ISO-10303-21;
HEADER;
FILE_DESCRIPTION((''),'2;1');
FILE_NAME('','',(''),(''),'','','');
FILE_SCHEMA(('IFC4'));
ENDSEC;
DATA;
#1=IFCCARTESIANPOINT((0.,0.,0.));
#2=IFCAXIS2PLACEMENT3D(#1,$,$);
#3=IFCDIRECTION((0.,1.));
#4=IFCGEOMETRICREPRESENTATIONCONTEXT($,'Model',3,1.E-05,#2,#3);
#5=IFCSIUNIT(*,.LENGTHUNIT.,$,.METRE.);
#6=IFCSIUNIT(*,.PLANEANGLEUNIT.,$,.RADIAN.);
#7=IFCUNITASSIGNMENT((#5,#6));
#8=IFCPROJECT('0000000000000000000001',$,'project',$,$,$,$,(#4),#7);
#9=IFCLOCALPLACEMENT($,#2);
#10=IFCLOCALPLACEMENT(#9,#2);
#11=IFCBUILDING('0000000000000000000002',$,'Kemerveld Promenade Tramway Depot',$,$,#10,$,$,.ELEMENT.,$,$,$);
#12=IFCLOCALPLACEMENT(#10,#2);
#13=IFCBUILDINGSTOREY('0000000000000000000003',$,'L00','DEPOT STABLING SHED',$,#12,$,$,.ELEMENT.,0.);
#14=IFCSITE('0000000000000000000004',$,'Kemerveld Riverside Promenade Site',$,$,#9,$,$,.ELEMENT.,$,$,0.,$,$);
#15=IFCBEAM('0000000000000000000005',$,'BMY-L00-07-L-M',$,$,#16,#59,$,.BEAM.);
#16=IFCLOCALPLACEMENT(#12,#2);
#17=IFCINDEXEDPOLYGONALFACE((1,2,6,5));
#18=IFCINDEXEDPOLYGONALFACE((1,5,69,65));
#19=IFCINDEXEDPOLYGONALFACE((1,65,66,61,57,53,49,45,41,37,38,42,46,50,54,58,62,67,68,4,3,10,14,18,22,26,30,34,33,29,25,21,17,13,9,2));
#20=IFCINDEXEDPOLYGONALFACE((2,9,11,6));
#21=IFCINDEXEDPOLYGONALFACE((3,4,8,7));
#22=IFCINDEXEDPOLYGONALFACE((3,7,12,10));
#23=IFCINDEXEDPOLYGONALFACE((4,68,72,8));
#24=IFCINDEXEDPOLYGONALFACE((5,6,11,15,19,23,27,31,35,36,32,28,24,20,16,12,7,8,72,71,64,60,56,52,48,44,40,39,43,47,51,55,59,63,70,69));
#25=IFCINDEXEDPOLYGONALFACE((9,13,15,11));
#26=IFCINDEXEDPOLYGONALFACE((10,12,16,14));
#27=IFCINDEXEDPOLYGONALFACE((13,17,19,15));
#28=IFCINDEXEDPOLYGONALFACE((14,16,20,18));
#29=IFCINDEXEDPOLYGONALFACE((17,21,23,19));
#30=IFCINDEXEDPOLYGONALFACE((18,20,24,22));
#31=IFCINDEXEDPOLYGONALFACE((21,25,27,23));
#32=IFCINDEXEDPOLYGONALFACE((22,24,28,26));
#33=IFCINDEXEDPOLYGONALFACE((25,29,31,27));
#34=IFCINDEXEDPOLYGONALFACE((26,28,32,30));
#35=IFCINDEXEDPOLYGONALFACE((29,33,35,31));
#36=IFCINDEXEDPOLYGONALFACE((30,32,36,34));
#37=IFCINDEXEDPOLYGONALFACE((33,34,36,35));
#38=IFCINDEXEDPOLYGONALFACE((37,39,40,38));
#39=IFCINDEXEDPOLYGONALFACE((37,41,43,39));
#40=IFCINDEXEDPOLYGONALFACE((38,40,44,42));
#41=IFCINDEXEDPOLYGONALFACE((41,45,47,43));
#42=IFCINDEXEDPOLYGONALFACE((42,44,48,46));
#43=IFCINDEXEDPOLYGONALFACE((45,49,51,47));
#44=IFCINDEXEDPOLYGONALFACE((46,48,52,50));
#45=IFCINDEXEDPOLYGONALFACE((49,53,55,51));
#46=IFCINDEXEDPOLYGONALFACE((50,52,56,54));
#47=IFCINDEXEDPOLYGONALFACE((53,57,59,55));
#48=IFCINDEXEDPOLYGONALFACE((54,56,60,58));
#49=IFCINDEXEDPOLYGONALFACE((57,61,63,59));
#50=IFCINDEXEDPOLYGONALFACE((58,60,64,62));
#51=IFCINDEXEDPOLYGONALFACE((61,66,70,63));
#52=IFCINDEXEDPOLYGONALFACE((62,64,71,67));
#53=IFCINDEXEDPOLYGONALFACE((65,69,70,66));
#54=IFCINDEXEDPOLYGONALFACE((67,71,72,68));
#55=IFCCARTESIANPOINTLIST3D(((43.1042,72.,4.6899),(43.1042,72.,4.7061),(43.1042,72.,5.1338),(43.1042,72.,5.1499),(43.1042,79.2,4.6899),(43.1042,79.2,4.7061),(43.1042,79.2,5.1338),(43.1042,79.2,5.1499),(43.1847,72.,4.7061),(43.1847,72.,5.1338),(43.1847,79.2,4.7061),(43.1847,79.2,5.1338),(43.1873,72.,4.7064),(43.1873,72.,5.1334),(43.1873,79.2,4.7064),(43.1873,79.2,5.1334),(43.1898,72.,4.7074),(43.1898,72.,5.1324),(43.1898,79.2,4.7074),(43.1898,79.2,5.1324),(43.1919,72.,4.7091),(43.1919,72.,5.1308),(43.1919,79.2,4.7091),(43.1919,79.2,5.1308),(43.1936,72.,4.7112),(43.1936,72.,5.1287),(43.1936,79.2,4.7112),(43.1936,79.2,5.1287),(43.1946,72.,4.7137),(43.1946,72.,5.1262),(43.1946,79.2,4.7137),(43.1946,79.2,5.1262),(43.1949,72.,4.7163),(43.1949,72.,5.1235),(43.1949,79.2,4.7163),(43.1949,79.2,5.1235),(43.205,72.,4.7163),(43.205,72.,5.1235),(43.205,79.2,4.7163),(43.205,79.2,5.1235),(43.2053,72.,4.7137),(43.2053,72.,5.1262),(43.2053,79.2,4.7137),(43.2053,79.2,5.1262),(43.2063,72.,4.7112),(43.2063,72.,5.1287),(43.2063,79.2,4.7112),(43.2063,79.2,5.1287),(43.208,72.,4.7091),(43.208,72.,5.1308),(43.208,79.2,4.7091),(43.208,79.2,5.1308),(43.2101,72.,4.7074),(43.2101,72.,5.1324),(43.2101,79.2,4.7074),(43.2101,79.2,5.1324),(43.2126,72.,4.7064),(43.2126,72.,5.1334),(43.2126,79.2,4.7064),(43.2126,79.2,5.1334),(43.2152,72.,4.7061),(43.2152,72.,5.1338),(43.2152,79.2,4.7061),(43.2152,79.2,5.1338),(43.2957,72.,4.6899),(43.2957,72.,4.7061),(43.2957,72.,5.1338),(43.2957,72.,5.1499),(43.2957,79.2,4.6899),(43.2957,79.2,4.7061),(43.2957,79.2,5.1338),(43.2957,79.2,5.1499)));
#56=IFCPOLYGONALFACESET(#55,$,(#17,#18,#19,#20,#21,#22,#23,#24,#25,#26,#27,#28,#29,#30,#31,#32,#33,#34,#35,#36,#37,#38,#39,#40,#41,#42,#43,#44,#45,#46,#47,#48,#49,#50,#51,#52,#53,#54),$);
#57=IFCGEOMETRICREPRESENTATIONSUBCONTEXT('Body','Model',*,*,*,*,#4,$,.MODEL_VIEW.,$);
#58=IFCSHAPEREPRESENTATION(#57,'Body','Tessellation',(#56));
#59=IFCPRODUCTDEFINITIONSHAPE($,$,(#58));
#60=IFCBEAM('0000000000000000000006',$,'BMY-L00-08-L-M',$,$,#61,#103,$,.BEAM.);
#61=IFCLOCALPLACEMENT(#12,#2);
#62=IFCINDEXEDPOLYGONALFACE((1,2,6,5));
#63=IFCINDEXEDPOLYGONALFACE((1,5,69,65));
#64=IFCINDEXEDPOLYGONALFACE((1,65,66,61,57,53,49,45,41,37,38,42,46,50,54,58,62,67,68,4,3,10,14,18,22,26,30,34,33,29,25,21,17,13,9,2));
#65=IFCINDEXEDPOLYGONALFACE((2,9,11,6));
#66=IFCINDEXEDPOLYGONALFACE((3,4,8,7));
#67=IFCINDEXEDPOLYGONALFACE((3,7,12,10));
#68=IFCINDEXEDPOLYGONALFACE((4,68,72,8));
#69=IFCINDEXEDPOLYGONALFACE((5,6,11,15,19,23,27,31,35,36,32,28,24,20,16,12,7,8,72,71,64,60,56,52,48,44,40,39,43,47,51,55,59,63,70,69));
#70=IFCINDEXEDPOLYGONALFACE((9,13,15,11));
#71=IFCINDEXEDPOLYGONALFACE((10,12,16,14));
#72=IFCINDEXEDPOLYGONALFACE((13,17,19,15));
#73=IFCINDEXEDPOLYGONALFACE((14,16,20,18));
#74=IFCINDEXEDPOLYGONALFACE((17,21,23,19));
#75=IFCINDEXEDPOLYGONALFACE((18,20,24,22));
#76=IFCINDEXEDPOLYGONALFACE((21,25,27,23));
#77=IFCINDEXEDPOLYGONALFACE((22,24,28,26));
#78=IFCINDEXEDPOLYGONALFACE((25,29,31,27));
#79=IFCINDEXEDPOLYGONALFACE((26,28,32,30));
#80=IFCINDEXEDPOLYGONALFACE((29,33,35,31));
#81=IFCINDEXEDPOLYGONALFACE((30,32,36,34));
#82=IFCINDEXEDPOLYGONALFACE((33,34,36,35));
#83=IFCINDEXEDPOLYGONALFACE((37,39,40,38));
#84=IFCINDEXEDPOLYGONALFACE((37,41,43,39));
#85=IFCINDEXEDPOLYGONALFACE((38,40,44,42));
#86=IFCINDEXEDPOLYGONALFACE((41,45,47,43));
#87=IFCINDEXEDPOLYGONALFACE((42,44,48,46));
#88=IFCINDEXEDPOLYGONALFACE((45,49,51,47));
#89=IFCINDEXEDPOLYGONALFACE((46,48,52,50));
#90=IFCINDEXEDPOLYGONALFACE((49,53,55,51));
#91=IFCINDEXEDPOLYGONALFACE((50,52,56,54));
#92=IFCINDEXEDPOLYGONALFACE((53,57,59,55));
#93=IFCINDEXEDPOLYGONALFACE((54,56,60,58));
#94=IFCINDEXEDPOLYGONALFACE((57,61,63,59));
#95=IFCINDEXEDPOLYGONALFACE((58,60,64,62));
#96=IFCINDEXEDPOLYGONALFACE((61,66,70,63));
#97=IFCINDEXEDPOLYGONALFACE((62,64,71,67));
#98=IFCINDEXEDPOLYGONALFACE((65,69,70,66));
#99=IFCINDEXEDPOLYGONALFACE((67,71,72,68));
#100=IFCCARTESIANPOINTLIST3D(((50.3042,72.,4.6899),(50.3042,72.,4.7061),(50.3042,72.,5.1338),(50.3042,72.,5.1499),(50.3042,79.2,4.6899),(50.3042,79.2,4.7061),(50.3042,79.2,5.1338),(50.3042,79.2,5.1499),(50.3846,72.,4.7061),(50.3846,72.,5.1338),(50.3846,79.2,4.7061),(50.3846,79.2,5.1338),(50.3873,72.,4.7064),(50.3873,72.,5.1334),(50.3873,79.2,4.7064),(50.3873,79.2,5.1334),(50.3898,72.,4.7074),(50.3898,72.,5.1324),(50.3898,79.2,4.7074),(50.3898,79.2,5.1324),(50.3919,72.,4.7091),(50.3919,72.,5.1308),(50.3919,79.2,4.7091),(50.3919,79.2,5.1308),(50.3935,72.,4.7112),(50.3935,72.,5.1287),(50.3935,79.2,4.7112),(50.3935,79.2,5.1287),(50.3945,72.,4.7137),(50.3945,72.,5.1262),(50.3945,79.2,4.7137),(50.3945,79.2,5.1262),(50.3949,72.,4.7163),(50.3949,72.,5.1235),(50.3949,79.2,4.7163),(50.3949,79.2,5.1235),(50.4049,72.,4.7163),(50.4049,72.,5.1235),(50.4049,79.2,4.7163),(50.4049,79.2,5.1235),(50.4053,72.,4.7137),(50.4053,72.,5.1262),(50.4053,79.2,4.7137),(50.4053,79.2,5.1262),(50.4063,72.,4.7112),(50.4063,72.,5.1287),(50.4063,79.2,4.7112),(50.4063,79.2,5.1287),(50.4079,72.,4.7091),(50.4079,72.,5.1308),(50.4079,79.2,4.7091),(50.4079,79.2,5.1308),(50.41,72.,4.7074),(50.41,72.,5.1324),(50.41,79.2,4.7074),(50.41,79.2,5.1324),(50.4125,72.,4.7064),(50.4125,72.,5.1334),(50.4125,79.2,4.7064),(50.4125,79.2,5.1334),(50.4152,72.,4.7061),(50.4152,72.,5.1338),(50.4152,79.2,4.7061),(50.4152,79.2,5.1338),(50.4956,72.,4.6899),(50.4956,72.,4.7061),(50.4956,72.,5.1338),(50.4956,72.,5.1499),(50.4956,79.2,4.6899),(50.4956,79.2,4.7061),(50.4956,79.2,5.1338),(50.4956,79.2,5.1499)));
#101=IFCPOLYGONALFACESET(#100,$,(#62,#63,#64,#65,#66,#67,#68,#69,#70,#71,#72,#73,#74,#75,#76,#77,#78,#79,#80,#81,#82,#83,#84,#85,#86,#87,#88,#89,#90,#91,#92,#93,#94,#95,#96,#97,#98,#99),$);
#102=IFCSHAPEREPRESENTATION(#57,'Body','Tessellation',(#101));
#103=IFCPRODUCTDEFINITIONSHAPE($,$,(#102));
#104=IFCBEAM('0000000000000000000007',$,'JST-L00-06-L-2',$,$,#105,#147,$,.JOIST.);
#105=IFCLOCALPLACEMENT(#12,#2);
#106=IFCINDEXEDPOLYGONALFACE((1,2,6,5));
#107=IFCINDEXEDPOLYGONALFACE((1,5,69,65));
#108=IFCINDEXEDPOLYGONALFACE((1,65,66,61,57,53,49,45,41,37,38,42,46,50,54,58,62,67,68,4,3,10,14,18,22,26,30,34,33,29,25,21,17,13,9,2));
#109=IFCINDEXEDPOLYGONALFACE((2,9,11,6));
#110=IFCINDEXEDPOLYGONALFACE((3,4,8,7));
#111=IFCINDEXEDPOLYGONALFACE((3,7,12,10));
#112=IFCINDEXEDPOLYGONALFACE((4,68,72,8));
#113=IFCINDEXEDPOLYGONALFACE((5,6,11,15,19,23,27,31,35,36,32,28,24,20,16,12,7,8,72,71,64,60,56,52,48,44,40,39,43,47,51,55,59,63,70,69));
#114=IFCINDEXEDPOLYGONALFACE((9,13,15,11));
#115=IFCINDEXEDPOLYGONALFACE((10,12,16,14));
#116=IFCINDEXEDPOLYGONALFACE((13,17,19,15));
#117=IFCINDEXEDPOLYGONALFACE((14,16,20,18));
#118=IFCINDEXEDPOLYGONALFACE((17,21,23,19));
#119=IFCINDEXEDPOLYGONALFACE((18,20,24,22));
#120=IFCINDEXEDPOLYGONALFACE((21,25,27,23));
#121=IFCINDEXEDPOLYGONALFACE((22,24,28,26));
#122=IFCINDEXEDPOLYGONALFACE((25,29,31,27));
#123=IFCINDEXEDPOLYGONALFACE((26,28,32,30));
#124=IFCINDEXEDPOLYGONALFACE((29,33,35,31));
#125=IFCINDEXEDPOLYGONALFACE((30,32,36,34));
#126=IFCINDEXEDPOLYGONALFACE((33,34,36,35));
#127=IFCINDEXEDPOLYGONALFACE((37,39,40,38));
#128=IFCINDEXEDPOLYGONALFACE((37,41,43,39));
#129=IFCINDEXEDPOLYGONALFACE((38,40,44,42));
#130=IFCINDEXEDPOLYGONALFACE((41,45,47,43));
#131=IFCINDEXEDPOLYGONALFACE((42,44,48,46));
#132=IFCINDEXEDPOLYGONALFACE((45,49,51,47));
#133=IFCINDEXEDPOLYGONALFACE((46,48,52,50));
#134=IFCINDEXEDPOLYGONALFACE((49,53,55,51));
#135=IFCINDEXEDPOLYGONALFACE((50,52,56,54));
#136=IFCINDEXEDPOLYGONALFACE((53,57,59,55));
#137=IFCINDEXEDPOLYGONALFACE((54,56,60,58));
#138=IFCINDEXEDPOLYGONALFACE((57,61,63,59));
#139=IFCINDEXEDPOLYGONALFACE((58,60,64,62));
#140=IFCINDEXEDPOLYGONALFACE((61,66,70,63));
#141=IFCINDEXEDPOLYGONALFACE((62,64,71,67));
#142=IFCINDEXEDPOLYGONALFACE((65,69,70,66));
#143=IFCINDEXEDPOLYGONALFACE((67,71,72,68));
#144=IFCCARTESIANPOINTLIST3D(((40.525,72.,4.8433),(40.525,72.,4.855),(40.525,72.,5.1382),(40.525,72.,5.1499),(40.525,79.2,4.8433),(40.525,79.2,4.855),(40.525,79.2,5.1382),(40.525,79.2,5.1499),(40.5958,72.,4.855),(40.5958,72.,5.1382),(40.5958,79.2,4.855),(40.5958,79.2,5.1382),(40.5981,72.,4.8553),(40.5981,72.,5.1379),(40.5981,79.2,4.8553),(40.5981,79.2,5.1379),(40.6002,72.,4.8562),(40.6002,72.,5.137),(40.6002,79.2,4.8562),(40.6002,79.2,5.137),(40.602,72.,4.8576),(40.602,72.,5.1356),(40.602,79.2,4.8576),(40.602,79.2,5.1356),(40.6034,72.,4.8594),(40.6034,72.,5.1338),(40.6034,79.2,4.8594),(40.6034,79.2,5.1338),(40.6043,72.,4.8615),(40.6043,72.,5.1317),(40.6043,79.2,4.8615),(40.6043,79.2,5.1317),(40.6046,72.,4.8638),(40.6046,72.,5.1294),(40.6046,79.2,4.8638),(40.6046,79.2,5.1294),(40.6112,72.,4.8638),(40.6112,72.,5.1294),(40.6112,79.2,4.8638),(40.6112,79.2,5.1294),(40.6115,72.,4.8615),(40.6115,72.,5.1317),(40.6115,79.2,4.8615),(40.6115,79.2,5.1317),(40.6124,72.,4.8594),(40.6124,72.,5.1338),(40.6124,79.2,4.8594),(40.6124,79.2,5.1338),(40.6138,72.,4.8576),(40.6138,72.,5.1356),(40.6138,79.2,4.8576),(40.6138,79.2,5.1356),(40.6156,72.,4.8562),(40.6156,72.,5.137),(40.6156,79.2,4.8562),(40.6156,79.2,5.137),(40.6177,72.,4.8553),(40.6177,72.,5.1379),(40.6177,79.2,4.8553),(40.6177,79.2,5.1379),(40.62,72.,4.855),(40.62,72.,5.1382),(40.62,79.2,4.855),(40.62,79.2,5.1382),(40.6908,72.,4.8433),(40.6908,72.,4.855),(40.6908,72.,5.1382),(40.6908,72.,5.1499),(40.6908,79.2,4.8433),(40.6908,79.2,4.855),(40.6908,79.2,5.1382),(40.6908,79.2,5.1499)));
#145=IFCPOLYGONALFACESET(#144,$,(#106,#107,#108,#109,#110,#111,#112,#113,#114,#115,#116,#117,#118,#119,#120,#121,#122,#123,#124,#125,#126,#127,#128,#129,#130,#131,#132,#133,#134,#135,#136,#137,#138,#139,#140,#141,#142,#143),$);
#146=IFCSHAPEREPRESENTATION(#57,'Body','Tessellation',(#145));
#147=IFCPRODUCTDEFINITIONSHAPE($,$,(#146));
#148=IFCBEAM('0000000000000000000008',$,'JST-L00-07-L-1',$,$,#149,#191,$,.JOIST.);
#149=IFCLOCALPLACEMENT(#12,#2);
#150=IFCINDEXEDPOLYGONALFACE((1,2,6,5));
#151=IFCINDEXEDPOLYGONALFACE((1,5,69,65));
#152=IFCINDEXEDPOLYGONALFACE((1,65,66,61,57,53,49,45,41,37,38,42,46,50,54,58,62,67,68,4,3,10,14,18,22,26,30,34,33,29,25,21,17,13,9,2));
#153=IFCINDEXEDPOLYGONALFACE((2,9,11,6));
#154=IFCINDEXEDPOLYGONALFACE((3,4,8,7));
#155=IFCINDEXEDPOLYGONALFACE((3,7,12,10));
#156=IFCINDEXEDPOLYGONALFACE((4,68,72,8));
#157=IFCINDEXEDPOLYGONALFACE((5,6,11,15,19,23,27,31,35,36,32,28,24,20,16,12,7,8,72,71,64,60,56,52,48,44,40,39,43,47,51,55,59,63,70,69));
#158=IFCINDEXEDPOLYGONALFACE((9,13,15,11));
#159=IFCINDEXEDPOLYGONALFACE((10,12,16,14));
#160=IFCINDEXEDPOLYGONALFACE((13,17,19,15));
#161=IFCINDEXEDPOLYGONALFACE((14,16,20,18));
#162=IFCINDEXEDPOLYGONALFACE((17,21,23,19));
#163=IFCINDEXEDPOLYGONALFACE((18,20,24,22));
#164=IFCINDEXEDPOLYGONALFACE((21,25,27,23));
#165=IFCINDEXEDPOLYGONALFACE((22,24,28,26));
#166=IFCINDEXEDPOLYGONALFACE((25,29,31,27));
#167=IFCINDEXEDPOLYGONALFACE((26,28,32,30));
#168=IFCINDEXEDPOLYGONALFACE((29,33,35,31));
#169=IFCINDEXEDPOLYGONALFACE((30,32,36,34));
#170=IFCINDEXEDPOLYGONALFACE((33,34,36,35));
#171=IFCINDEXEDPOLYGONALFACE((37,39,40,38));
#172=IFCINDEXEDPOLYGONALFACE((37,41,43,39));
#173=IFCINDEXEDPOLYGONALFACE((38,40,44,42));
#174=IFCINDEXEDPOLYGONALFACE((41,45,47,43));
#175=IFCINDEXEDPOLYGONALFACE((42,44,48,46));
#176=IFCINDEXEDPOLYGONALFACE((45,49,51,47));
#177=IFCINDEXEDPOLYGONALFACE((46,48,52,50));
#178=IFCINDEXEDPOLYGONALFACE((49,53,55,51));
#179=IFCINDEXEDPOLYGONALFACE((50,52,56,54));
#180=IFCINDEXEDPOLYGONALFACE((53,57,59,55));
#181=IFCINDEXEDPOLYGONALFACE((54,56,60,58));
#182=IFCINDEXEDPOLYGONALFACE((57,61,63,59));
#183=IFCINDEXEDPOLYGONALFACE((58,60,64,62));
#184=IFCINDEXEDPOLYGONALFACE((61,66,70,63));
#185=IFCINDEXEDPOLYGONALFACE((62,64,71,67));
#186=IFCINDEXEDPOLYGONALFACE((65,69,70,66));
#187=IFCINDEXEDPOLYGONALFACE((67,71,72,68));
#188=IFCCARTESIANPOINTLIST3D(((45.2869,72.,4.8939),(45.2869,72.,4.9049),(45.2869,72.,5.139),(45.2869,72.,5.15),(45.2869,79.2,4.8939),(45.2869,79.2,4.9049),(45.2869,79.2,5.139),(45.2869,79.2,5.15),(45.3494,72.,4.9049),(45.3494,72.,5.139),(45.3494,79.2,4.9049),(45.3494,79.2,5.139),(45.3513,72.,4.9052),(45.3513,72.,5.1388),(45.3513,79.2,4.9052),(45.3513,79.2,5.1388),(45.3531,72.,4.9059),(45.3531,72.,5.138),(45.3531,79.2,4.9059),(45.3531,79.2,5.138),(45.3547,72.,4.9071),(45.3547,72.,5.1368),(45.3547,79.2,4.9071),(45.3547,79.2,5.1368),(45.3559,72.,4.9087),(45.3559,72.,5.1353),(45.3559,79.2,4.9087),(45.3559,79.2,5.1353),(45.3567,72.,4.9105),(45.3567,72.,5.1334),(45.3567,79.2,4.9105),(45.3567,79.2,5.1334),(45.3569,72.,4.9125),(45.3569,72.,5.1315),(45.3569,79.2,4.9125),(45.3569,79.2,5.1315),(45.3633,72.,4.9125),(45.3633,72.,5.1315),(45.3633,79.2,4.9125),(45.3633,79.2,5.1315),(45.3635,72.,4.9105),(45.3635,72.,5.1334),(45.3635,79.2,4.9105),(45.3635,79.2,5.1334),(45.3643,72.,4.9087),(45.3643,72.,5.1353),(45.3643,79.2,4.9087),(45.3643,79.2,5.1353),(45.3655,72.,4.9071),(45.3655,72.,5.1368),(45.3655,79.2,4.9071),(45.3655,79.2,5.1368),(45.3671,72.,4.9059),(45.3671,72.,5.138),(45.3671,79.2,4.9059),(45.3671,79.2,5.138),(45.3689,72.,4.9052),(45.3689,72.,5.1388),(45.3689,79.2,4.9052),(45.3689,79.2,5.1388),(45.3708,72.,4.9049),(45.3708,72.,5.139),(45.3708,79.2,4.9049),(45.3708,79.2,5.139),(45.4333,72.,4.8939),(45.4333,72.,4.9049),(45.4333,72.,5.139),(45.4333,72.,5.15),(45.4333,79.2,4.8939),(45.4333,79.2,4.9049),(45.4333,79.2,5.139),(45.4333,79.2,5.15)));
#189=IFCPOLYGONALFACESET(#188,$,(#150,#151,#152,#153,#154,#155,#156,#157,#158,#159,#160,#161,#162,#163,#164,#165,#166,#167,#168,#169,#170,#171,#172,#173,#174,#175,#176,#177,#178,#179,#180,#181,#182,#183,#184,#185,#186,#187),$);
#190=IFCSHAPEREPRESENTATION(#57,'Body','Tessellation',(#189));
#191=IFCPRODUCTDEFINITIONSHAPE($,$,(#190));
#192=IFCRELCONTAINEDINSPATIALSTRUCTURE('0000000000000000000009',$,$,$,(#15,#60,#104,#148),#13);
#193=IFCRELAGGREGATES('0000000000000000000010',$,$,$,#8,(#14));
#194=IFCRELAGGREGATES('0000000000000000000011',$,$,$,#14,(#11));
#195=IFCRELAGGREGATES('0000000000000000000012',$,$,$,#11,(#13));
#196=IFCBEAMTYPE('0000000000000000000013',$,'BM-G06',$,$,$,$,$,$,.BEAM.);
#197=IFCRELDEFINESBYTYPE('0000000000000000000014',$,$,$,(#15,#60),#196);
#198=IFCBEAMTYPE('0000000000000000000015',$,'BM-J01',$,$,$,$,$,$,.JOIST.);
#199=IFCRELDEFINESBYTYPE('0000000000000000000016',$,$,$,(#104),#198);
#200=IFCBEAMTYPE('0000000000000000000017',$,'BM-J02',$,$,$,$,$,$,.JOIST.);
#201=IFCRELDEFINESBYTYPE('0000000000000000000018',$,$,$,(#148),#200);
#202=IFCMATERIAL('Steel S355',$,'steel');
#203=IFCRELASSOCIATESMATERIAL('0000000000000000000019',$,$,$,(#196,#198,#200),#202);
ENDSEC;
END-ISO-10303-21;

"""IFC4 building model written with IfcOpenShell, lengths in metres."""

from ifc_helpers import new_model, si_unit, direction, frame, origin, origin_2d, place, context, subcontext, project, spatial, i_section, extrude, material, material_profile, profile_set, type_object, element, save


model = new_model("IFC4")

# Units and contexts
model_context = context("Model", 3, precision=1e-05, world=origin(), true_north=direction((0.0, 1.0)))
body_context = subcontext(model_context, "Body", "Model", "MODEL_VIEW")
ifc_project = project(units=[si_unit("LENGTHUNIT", "METRE"), si_unit("PLANEANGLEUNIT", "RADIAN")], contexts=[model_context])

# Site, building, storey
site_placement = place(None, origin())
site = spatial("IfcSite", under=ifc_project, at=site_placement, Name="Kemerveld Riverside Promenade Site", CompositionType="ELEMENT", RefElevation=0.0)
building_placement = place(site_placement, origin())
building = spatial("IfcBuilding", under=site, at=building_placement, Name="Kemerveld Promenade Tramway Depot", CompositionType="ELEMENT")
storey_placement = place(building_placement, origin())
storey = spatial("IfcBuildingStorey", under=building, at=storey_placement, Name="L00", Description="DEPOT STABLING SHED", CompositionType="ELEMENT", Elevation=0.0)

# Shared definitions
ifc_material_1 = material(Name="Steel S355", Category="steel")

# Beams
ifc_material_profile_1 = material_profile(ifc_material_1, i_section(OverallWidth=0.1914, OverallDepth=0.46, WebThickness=0.01, FlangeThickness=0.0161, FilletRadius=0.0103, at=origin_2d()), Name="457x191x82 UB")
ifc_profile_set_1 = profile_set([ifc_material_profile_1], Name="Steel S355")
beam_type_1 = type_object("IfcBeamType", Name="BM-G06", PredefinedType="BEAM", material=ifc_profile_set_1)
for number, where, z_axis, x_axis, name in (
    (1, (43.2, 72.0, 4.9199), (0.0, 1.0, 0.0), (-1.0, 0.0, 0.0), "BMY-L00-07-L-M"),
    (2, (50.3999, 72.0, 4.9199), (0.0, 1.0, 0.0), (-1.0, 0.0, 0.0), "BMY-L00-08-L-M"),
):
    element("IfcBeam", number, at=place(storey_placement, frame(where, z_axis=z_axis, x_axis=x_axis)), inside=storey, type_object=beam_type_1, Name=name, PredefinedType="BEAM", context=body_context, shape_type="SweptSolid", body=[
        extrude(i_section(OverallWidth=0.1914, OverallDepth=0.46, WebThickness=0.01, FlangeThickness=0.0161, FilletRadius=0.0103, at=origin_2d()), origin(), (0.0, 0.0, 1.0), 7.2),
    ])
ifc_material_profile_2 = material_profile(ifc_material_1, i_section(OverallWidth=0.1658, OverallDepth=0.3066, WebThickness=0.0066, FlangeThickness=0.0117, FilletRadius=0.0088, at=origin_2d()), Name="305x165x46 UB")
ifc_profile_set_2 = profile_set([ifc_material_profile_2], Name="Steel S355")
beam_type_2 = type_object("IfcBeamType", Name="BM-J01", PredefinedType="JOIST", material=ifc_profile_set_2)
beam_1_placement = place(storey_placement, frame((40.6079, 72.0, 4.9966), z_axis=(0.0, 1.0, 0.0), x_axis=(-1.0, 0.0, 0.0)))
element("IfcBeam", 3, at=beam_1_placement, inside=storey, type_object=beam_type_2, Name="JST-L00-06-L-2", PredefinedType="JOIST", context=body_context, shape_type="SweptSolid", body=[
    extrude(i_section(OverallWidth=0.1658, OverallDepth=0.3066, WebThickness=0.0066, FlangeThickness=0.0117, FilletRadius=0.0088, at=origin_2d()), origin(), (0.0, 0.0, 1.0), 7.2),
])
ifc_material_profile_3 = material_profile(ifc_material_1, i_section(OverallWidth=0.1465, OverallDepth=0.2561, WebThickness=0.0063, FlangeThickness=0.011, FilletRadius=0.0076, at=origin_2d()), Name="254x146x37 UB")
ifc_profile_set_3 = profile_set([ifc_material_profile_3], Name="Steel S355")
beam_type_3 = type_object("IfcBeamType", Name="BM-J02", PredefinedType="JOIST", material=ifc_profile_set_3)
for number, where, z_axis, x_axis, name in (
    (4, (45.3601, 72.0, 5.022), (0.0, 1.0, 0.0), (-1.0, 0.0, 0.0), "JST-L00-07-L-1"),
):
    element("IfcBeam", number, at=place(storey_placement, frame(where, z_axis=z_axis, x_axis=x_axis)), inside=storey, type_object=beam_type_3, Name=name, PredefinedType="JOIST", context=body_context, shape_type="SweptSolid", body=[
        extrude(i_section(OverallWidth=0.1465, OverallDepth=0.2561, WebThickness=0.0063, FlangeThickness=0.011, FilletRadius=0.0076, at=origin_2d()), origin(), (0.0, 0.0, 1.0), 7.2),
    ])

save(model, "model.ifc")
